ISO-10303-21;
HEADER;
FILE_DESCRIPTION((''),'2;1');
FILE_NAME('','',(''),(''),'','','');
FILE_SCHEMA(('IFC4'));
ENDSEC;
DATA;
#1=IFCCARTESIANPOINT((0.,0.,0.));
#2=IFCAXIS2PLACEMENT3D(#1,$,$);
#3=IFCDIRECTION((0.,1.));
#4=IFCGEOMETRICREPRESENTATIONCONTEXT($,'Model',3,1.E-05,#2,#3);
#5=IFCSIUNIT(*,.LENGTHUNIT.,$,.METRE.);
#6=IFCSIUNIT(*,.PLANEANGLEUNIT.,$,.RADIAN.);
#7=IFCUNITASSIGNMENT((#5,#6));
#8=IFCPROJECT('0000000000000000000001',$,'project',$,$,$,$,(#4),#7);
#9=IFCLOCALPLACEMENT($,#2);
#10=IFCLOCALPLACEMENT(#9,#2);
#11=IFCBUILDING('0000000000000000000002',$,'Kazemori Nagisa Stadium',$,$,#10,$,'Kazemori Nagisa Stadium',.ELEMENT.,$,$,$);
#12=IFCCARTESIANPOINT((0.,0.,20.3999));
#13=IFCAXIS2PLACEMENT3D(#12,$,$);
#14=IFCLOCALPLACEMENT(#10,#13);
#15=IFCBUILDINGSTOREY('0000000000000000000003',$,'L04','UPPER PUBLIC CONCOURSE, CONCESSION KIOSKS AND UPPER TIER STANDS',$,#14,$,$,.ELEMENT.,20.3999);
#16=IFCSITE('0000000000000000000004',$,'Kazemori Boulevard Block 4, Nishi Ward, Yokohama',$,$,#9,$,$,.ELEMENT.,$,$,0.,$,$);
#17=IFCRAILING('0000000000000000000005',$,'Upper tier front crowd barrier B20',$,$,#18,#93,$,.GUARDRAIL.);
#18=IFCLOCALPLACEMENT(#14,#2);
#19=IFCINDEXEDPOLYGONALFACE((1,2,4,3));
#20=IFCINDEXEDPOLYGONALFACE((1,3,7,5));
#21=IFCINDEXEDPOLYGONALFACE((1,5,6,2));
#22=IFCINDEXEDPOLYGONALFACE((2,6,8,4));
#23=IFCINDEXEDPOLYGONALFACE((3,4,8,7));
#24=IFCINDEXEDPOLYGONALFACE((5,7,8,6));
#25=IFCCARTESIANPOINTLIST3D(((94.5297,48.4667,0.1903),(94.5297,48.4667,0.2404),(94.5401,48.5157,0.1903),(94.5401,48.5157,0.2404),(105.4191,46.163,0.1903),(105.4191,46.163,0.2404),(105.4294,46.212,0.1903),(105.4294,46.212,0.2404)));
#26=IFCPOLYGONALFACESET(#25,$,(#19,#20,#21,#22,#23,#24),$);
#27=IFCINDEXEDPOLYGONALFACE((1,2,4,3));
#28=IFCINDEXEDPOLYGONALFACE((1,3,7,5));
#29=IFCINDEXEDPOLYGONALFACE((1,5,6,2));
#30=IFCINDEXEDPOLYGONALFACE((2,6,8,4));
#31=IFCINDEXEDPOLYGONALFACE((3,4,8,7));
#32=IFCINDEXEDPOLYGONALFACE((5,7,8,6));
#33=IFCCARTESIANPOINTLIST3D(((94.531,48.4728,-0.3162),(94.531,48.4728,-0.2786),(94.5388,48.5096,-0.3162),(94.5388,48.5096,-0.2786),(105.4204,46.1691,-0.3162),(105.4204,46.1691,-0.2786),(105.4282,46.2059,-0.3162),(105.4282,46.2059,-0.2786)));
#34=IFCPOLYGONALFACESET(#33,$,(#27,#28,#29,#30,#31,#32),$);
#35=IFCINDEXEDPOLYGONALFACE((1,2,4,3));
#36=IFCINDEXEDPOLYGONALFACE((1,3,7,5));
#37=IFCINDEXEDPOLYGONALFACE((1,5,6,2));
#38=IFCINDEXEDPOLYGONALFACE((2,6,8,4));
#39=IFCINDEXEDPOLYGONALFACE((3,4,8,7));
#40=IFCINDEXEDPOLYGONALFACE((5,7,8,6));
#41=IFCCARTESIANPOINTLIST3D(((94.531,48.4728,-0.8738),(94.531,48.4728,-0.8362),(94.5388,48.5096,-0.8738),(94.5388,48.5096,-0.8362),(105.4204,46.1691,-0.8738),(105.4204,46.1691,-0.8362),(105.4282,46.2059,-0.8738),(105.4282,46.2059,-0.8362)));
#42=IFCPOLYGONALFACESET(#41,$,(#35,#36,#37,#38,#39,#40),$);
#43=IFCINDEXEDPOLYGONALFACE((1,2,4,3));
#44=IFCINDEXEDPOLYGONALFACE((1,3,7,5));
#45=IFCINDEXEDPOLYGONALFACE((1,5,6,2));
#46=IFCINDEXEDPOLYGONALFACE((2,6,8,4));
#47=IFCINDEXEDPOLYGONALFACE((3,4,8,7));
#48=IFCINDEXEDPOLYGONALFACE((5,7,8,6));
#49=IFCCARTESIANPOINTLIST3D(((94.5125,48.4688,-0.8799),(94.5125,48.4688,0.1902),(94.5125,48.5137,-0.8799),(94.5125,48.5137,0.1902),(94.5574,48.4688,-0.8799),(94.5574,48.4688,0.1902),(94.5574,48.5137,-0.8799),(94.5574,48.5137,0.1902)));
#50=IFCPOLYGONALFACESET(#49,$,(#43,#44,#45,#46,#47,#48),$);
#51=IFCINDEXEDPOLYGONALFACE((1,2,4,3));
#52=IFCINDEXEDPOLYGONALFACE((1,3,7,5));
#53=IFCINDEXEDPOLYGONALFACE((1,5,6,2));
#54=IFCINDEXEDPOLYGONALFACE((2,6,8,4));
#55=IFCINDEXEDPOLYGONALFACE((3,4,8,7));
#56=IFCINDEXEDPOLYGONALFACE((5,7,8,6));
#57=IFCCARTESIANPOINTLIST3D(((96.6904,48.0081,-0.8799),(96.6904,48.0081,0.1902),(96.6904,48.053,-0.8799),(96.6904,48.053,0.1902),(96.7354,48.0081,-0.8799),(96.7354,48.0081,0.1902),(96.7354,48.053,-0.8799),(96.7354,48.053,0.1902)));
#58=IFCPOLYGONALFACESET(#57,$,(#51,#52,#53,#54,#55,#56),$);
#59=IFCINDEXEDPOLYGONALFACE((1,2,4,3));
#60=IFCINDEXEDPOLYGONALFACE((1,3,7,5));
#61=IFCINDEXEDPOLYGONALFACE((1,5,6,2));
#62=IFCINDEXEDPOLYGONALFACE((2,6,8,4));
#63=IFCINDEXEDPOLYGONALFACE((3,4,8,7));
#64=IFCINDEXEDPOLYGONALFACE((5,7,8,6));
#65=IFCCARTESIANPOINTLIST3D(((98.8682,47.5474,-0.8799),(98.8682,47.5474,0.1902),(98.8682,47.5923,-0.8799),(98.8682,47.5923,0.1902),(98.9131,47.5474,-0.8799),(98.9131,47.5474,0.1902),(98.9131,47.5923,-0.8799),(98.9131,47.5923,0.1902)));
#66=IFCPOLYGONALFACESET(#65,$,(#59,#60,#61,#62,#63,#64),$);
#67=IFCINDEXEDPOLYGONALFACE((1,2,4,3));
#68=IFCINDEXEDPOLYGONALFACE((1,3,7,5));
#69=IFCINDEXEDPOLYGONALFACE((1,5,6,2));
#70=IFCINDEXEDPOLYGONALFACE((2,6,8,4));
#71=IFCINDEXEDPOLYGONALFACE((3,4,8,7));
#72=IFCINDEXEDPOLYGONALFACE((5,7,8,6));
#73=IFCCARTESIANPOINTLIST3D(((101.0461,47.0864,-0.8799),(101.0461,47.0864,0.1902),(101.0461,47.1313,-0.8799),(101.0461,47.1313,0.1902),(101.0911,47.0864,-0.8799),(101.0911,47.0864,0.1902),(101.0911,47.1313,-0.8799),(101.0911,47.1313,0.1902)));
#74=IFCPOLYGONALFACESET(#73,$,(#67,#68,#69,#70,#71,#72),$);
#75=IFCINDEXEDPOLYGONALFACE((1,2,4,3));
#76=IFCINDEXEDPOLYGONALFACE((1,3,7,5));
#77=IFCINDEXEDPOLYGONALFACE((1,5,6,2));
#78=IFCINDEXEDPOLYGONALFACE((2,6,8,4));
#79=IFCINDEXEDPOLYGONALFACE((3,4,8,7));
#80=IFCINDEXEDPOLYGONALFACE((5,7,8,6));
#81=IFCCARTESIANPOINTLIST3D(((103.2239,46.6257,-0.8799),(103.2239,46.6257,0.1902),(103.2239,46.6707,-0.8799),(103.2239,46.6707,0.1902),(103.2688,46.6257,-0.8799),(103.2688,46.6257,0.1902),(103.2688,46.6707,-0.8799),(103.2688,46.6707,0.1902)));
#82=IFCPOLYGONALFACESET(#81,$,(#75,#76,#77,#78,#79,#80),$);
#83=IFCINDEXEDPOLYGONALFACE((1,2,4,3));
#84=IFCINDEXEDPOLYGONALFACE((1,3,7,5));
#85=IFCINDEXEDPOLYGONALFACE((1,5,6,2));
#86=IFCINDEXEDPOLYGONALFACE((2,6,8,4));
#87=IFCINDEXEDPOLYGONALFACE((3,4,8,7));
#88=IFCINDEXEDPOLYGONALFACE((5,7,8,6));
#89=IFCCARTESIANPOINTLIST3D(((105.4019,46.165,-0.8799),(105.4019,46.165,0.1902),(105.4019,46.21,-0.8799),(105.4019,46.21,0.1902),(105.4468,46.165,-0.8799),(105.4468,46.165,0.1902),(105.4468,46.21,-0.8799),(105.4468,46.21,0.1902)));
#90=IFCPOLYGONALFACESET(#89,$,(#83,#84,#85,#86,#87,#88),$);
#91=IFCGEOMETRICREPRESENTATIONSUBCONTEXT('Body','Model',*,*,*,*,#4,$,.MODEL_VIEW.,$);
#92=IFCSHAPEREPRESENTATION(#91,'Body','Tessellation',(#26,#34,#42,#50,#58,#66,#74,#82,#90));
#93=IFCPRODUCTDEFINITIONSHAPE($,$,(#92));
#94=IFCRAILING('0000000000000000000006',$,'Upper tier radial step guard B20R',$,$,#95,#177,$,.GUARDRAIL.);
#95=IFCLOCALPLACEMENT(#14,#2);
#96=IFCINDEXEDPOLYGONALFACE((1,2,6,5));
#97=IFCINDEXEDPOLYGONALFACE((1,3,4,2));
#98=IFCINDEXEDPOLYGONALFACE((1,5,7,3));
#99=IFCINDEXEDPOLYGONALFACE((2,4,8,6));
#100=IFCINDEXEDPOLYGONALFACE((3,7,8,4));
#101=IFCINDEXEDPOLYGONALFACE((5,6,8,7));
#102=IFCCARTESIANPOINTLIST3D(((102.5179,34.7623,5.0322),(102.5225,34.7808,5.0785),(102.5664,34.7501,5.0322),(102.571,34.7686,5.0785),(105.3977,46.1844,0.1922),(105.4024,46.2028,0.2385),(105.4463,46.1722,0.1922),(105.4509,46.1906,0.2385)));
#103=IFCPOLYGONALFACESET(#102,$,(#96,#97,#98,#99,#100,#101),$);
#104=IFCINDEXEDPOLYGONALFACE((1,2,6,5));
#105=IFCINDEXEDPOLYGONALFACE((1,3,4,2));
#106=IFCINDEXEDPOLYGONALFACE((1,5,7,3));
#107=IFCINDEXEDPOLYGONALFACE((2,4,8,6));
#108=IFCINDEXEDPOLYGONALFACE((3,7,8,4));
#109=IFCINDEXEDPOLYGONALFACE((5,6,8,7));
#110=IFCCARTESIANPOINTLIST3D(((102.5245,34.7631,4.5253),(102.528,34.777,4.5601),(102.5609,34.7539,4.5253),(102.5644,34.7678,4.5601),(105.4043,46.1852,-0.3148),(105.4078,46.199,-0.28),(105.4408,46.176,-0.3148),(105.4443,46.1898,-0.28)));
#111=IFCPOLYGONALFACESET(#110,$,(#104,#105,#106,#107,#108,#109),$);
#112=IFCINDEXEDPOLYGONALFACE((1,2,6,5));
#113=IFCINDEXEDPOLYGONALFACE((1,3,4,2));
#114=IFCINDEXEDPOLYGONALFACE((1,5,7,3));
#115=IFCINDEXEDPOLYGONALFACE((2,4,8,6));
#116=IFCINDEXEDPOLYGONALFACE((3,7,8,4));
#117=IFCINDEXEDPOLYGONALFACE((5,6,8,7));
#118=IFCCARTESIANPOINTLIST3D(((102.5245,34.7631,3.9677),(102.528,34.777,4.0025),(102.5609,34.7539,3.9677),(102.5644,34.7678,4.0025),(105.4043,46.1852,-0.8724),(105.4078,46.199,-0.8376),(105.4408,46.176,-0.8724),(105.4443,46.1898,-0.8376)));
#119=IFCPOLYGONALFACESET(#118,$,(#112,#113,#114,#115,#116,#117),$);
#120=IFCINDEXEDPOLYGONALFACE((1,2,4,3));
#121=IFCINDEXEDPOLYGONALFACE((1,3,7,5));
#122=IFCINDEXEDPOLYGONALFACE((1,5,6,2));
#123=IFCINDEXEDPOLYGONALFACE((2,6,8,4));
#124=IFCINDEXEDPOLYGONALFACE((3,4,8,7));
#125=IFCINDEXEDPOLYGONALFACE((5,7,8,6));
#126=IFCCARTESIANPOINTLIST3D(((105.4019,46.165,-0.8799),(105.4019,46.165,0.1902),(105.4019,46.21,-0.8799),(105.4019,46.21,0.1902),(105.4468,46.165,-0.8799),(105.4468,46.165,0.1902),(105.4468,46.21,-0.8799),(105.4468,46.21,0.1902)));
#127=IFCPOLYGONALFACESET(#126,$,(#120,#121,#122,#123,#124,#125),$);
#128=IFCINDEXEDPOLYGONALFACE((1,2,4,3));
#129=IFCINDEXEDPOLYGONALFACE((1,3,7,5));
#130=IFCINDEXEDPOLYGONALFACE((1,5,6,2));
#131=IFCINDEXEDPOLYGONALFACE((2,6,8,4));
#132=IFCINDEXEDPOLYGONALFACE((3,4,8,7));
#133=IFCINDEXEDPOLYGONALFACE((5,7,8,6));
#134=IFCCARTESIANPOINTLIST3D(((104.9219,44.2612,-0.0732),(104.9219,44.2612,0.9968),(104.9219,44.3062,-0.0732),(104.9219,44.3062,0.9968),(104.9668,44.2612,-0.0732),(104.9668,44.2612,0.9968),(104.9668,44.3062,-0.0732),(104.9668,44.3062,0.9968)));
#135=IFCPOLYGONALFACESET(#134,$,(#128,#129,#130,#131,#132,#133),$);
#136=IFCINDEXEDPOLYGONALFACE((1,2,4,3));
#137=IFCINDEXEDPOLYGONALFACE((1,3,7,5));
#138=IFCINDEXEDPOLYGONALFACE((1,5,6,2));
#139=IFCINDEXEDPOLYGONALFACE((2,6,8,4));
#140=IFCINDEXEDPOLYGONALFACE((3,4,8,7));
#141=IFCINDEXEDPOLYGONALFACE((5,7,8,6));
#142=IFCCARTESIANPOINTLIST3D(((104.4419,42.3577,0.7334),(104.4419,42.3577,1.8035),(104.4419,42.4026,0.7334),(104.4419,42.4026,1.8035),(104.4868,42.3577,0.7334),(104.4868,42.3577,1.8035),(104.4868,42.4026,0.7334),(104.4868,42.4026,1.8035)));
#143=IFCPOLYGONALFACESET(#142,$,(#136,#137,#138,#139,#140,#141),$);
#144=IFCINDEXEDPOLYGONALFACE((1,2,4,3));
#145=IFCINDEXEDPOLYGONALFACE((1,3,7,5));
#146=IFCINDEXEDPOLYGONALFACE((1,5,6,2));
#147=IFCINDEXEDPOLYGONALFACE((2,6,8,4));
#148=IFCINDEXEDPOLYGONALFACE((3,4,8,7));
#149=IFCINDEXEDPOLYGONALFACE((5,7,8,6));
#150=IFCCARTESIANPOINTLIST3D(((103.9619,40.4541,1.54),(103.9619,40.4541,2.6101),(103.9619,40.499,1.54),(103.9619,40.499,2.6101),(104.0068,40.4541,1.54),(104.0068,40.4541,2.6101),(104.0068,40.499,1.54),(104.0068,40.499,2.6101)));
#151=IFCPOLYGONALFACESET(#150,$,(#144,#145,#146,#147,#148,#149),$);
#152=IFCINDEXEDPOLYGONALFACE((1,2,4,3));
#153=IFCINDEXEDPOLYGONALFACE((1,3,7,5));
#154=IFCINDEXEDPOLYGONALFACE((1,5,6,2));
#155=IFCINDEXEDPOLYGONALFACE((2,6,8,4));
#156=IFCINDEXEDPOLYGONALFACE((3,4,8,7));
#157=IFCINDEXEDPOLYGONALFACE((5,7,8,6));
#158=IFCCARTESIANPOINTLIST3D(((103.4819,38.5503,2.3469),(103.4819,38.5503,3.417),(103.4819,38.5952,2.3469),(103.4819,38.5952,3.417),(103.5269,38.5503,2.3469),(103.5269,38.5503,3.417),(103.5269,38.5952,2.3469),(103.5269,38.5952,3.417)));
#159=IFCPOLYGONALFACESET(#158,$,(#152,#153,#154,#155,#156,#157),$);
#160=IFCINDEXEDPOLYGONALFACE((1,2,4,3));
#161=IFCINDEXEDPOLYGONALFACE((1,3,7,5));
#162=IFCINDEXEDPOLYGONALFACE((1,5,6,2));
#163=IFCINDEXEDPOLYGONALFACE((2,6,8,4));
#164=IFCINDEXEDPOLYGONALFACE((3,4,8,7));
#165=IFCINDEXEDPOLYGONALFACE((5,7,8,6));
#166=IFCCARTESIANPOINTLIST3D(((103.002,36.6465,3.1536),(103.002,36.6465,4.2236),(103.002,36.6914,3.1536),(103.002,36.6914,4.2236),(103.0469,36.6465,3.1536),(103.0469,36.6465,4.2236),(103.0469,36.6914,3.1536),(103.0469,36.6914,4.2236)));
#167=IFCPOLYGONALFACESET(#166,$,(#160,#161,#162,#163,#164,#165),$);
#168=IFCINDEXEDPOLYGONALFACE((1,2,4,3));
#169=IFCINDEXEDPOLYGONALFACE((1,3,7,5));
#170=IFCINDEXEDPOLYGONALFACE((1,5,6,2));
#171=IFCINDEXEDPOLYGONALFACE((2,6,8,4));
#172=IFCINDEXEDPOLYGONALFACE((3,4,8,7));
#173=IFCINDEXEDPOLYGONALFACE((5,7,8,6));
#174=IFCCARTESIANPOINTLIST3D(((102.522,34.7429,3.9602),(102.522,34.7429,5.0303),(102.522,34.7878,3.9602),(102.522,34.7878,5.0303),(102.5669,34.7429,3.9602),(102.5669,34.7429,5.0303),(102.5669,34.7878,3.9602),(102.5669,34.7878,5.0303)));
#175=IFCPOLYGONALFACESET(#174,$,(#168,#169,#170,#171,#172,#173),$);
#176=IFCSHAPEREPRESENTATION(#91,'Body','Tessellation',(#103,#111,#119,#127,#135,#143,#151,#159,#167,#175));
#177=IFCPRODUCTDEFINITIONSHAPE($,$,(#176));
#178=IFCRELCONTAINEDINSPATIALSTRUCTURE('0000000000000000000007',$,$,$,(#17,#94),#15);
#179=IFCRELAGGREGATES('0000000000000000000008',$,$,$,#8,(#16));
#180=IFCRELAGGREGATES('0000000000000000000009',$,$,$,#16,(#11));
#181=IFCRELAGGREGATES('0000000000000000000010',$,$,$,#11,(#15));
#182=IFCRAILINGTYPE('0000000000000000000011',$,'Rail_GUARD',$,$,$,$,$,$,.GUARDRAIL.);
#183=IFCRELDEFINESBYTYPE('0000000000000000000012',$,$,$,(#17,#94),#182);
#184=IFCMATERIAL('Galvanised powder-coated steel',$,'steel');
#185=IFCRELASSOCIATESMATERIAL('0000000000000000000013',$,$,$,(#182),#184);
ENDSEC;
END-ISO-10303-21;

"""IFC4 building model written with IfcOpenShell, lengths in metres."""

from ifc_helpers import new_model, si_unit, direction, frame, origin, origin_2d, place, context, subcontext, project, spatial, rectangle, extrude, material, type_object, element, save


model = new_model("IFC4")

# Units and contexts
model_context = context("Model", 3, precision=1e-05, world=origin(), true_north=direction((0.0, 1.0)))
body_context = subcontext(model_context, "Body", "Model", "MODEL_VIEW")
ifc_project = project(units=[si_unit("LENGTHUNIT", "METRE"), si_unit("PLANEANGLEUNIT", "RADIAN")], contexts=[model_context])

# Site, building, storey
site_placement = place(None, origin())
site = spatial("IfcSite", under=ifc_project, at=site_placement, Name="Kazemori Boulevard Block 4, Nishi Ward, Yokohama", CompositionType="ELEMENT", RefElevation=0.0)
building_placement = place(site_placement, origin())
building = spatial("IfcBuilding", under=site, at=building_placement, Name="Kazemori Nagisa Stadium", LongName="Kazemori Nagisa Stadium", CompositionType="ELEMENT")
storey_placement = place(building_placement, frame((0.0, 0.0, 20.3999)))
storey = spatial("IfcBuildingStorey", under=building, at=storey_placement, Name="L04", Description="UPPER PUBLIC CONCOURSE, CONCESSION KIOSKS AND UPPER TIER STANDS", CompositionType="ELEMENT", Elevation=20.3999)

# Railings
ifc_material_1 = material(Name="Galvanised powder-coated steel", Category="steel")
railing_type = type_object("IfcRailingType", Name="Rail_GUARD", PredefinedType="GUARDRAIL", material=ifc_material_1)
railing_1_placement = place(storey_placement, frame((94.5349, 48.4912, -0.8799)))
element("IfcRailing", 1, at=railing_1_placement, inside=storey, type_object=railing_type, Name="Upper tier front crowd barrier B20", PredefinedType="GUARDRAIL", context=body_context, shape_type="SweptSolid", body=[
    extrude(rectangle(XDim=0.05, YDim=0.05, at=origin_2d()), frame((0.0, 0.0, 1.0952), z_axis=(0.978346, -0.206974, 0.0), x_axis=(0.206974, 0.978346, 0.0)), (0.0, 0.0, 1.0), 11.1304),
    extrude(rectangle(XDim=0.0376, YDim=0.0376, at=origin_2d()), frame((0.0, 0.0, 0.5825), z_axis=(0.978346, -0.206974, 0.0), x_axis=(0.206974, 0.978346, 0.0)), (0.0, 0.0, 1.0), 11.1304),
    extrude(rectangle(XDim=0.0376, YDim=0.0376, at=origin_2d()), frame((0.0, 0.0, 0.0249), z_axis=(0.978346, -0.206974, 0.0), x_axis=(0.206974, 0.978346, 0.0)), (0.0, 0.0, 1.0), 11.1304),
    extrude(rectangle(XDim=0.0449, YDim=0.0449, at=origin_2d()), origin(), (0.0, 0.0, 1.0), 1.0701),
    extrude(rectangle(XDim=0.0449, YDim=0.0449, at=origin_2d()), frame((2.178, -0.4607, 0.0)), (0.0, 0.0, 1.0), 1.0701),
    extrude(rectangle(XDim=0.0449, YDim=0.0449, at=origin_2d()), frame((4.3557, -0.9214, 0.0)), (0.0, 0.0, 1.0), 1.0701),
    extrude(rectangle(XDim=0.0449, YDim=0.0449, at=origin_2d()), frame((6.5337, -1.3823, 0.0)), (0.0, 0.0, 1.0), 1.0701),
    extrude(rectangle(XDim=0.0449, YDim=0.0449, at=origin_2d()), frame((8.7114, -1.843, 0.0)), (0.0, 0.0, 1.0), 1.0701),
    extrude(rectangle(XDim=0.0449, YDim=0.0449, at=origin_2d()), frame((10.8894, -2.3037, 0.0)), (0.0, 0.0, 1.0), 1.0701),
])
railing_2_placement = place(storey_placement, frame((105.4243, 46.1875, -0.8799)))
element("IfcRailing", 2, at=railing_2_placement, inside=storey, type_object=railing_type, Name="Upper tier radial step guard B20R", PredefinedType="GUARDRAIL", context=body_context, shape_type="SweptSolid", body=[
    extrude(rectangle(XDim=0.05, YDim=0.05, at=origin_2d()), frame((0.0, 0.0, 1.0952), z_axis=(-0.226136, -0.896895, 0.380056), x_axis=(0.969654, -0.244481, 0.0)), (0.0, 0.0, 1.0), 12.7351),
    extrude(rectangle(XDim=0.0376, YDim=0.0376, at=origin_2d()), frame((0.0, 0.0, 0.5825), z_axis=(-0.226136, -0.896895, 0.380056), x_axis=(0.969654, -0.244481, 0.0)), (0.0, 0.0, 1.0), 12.7351),
    extrude(rectangle(XDim=0.0376, YDim=0.0376, at=origin_2d()), frame((0.0, 0.0, 0.0249), z_axis=(-0.226136, -0.896895, 0.380056), x_axis=(0.969654, -0.244481, 0.0)), (0.0, 0.0, 1.0), 12.7351),
    extrude(rectangle(XDim=0.0449, YDim=0.0449, at=origin_2d()), origin(), (0.0, 0.0, 1.0), 1.0701),
    extrude(rectangle(XDim=0.0449, YDim=0.0449, at=origin_2d()), frame((-0.48, -1.9038, 0.8066)), (0.0, 0.0, 1.0), 1.0701),
    extrude(rectangle(XDim=0.0449, YDim=0.0449, at=origin_2d()), frame((-0.96, -3.8074, 1.6133)), (0.0, 0.0, 1.0), 1.0701),
    extrude(rectangle(XDim=0.0449, YDim=0.0449, at=origin_2d()), frame((-1.4399, -5.7109, 2.4199)), (0.0, 0.0, 1.0), 1.0701),
    extrude(rectangle(XDim=0.0449, YDim=0.0449, at=origin_2d()), frame((-1.9199, -7.6147, 3.2268)), (0.0, 0.0, 1.0), 1.0701),
    extrude(rectangle(XDim=0.0449, YDim=0.0449, at=origin_2d()), frame((-2.3999, -9.5186, 4.0334)), (0.0, 0.0, 1.0), 1.0701),
    extrude(rectangle(XDim=0.0449, YDim=0.0449, at=origin_2d()), frame((-2.8799, -11.4221, 4.8401)), (0.0, 0.0, 1.0), 1.0701),
])

save(model, "model.ifc")
